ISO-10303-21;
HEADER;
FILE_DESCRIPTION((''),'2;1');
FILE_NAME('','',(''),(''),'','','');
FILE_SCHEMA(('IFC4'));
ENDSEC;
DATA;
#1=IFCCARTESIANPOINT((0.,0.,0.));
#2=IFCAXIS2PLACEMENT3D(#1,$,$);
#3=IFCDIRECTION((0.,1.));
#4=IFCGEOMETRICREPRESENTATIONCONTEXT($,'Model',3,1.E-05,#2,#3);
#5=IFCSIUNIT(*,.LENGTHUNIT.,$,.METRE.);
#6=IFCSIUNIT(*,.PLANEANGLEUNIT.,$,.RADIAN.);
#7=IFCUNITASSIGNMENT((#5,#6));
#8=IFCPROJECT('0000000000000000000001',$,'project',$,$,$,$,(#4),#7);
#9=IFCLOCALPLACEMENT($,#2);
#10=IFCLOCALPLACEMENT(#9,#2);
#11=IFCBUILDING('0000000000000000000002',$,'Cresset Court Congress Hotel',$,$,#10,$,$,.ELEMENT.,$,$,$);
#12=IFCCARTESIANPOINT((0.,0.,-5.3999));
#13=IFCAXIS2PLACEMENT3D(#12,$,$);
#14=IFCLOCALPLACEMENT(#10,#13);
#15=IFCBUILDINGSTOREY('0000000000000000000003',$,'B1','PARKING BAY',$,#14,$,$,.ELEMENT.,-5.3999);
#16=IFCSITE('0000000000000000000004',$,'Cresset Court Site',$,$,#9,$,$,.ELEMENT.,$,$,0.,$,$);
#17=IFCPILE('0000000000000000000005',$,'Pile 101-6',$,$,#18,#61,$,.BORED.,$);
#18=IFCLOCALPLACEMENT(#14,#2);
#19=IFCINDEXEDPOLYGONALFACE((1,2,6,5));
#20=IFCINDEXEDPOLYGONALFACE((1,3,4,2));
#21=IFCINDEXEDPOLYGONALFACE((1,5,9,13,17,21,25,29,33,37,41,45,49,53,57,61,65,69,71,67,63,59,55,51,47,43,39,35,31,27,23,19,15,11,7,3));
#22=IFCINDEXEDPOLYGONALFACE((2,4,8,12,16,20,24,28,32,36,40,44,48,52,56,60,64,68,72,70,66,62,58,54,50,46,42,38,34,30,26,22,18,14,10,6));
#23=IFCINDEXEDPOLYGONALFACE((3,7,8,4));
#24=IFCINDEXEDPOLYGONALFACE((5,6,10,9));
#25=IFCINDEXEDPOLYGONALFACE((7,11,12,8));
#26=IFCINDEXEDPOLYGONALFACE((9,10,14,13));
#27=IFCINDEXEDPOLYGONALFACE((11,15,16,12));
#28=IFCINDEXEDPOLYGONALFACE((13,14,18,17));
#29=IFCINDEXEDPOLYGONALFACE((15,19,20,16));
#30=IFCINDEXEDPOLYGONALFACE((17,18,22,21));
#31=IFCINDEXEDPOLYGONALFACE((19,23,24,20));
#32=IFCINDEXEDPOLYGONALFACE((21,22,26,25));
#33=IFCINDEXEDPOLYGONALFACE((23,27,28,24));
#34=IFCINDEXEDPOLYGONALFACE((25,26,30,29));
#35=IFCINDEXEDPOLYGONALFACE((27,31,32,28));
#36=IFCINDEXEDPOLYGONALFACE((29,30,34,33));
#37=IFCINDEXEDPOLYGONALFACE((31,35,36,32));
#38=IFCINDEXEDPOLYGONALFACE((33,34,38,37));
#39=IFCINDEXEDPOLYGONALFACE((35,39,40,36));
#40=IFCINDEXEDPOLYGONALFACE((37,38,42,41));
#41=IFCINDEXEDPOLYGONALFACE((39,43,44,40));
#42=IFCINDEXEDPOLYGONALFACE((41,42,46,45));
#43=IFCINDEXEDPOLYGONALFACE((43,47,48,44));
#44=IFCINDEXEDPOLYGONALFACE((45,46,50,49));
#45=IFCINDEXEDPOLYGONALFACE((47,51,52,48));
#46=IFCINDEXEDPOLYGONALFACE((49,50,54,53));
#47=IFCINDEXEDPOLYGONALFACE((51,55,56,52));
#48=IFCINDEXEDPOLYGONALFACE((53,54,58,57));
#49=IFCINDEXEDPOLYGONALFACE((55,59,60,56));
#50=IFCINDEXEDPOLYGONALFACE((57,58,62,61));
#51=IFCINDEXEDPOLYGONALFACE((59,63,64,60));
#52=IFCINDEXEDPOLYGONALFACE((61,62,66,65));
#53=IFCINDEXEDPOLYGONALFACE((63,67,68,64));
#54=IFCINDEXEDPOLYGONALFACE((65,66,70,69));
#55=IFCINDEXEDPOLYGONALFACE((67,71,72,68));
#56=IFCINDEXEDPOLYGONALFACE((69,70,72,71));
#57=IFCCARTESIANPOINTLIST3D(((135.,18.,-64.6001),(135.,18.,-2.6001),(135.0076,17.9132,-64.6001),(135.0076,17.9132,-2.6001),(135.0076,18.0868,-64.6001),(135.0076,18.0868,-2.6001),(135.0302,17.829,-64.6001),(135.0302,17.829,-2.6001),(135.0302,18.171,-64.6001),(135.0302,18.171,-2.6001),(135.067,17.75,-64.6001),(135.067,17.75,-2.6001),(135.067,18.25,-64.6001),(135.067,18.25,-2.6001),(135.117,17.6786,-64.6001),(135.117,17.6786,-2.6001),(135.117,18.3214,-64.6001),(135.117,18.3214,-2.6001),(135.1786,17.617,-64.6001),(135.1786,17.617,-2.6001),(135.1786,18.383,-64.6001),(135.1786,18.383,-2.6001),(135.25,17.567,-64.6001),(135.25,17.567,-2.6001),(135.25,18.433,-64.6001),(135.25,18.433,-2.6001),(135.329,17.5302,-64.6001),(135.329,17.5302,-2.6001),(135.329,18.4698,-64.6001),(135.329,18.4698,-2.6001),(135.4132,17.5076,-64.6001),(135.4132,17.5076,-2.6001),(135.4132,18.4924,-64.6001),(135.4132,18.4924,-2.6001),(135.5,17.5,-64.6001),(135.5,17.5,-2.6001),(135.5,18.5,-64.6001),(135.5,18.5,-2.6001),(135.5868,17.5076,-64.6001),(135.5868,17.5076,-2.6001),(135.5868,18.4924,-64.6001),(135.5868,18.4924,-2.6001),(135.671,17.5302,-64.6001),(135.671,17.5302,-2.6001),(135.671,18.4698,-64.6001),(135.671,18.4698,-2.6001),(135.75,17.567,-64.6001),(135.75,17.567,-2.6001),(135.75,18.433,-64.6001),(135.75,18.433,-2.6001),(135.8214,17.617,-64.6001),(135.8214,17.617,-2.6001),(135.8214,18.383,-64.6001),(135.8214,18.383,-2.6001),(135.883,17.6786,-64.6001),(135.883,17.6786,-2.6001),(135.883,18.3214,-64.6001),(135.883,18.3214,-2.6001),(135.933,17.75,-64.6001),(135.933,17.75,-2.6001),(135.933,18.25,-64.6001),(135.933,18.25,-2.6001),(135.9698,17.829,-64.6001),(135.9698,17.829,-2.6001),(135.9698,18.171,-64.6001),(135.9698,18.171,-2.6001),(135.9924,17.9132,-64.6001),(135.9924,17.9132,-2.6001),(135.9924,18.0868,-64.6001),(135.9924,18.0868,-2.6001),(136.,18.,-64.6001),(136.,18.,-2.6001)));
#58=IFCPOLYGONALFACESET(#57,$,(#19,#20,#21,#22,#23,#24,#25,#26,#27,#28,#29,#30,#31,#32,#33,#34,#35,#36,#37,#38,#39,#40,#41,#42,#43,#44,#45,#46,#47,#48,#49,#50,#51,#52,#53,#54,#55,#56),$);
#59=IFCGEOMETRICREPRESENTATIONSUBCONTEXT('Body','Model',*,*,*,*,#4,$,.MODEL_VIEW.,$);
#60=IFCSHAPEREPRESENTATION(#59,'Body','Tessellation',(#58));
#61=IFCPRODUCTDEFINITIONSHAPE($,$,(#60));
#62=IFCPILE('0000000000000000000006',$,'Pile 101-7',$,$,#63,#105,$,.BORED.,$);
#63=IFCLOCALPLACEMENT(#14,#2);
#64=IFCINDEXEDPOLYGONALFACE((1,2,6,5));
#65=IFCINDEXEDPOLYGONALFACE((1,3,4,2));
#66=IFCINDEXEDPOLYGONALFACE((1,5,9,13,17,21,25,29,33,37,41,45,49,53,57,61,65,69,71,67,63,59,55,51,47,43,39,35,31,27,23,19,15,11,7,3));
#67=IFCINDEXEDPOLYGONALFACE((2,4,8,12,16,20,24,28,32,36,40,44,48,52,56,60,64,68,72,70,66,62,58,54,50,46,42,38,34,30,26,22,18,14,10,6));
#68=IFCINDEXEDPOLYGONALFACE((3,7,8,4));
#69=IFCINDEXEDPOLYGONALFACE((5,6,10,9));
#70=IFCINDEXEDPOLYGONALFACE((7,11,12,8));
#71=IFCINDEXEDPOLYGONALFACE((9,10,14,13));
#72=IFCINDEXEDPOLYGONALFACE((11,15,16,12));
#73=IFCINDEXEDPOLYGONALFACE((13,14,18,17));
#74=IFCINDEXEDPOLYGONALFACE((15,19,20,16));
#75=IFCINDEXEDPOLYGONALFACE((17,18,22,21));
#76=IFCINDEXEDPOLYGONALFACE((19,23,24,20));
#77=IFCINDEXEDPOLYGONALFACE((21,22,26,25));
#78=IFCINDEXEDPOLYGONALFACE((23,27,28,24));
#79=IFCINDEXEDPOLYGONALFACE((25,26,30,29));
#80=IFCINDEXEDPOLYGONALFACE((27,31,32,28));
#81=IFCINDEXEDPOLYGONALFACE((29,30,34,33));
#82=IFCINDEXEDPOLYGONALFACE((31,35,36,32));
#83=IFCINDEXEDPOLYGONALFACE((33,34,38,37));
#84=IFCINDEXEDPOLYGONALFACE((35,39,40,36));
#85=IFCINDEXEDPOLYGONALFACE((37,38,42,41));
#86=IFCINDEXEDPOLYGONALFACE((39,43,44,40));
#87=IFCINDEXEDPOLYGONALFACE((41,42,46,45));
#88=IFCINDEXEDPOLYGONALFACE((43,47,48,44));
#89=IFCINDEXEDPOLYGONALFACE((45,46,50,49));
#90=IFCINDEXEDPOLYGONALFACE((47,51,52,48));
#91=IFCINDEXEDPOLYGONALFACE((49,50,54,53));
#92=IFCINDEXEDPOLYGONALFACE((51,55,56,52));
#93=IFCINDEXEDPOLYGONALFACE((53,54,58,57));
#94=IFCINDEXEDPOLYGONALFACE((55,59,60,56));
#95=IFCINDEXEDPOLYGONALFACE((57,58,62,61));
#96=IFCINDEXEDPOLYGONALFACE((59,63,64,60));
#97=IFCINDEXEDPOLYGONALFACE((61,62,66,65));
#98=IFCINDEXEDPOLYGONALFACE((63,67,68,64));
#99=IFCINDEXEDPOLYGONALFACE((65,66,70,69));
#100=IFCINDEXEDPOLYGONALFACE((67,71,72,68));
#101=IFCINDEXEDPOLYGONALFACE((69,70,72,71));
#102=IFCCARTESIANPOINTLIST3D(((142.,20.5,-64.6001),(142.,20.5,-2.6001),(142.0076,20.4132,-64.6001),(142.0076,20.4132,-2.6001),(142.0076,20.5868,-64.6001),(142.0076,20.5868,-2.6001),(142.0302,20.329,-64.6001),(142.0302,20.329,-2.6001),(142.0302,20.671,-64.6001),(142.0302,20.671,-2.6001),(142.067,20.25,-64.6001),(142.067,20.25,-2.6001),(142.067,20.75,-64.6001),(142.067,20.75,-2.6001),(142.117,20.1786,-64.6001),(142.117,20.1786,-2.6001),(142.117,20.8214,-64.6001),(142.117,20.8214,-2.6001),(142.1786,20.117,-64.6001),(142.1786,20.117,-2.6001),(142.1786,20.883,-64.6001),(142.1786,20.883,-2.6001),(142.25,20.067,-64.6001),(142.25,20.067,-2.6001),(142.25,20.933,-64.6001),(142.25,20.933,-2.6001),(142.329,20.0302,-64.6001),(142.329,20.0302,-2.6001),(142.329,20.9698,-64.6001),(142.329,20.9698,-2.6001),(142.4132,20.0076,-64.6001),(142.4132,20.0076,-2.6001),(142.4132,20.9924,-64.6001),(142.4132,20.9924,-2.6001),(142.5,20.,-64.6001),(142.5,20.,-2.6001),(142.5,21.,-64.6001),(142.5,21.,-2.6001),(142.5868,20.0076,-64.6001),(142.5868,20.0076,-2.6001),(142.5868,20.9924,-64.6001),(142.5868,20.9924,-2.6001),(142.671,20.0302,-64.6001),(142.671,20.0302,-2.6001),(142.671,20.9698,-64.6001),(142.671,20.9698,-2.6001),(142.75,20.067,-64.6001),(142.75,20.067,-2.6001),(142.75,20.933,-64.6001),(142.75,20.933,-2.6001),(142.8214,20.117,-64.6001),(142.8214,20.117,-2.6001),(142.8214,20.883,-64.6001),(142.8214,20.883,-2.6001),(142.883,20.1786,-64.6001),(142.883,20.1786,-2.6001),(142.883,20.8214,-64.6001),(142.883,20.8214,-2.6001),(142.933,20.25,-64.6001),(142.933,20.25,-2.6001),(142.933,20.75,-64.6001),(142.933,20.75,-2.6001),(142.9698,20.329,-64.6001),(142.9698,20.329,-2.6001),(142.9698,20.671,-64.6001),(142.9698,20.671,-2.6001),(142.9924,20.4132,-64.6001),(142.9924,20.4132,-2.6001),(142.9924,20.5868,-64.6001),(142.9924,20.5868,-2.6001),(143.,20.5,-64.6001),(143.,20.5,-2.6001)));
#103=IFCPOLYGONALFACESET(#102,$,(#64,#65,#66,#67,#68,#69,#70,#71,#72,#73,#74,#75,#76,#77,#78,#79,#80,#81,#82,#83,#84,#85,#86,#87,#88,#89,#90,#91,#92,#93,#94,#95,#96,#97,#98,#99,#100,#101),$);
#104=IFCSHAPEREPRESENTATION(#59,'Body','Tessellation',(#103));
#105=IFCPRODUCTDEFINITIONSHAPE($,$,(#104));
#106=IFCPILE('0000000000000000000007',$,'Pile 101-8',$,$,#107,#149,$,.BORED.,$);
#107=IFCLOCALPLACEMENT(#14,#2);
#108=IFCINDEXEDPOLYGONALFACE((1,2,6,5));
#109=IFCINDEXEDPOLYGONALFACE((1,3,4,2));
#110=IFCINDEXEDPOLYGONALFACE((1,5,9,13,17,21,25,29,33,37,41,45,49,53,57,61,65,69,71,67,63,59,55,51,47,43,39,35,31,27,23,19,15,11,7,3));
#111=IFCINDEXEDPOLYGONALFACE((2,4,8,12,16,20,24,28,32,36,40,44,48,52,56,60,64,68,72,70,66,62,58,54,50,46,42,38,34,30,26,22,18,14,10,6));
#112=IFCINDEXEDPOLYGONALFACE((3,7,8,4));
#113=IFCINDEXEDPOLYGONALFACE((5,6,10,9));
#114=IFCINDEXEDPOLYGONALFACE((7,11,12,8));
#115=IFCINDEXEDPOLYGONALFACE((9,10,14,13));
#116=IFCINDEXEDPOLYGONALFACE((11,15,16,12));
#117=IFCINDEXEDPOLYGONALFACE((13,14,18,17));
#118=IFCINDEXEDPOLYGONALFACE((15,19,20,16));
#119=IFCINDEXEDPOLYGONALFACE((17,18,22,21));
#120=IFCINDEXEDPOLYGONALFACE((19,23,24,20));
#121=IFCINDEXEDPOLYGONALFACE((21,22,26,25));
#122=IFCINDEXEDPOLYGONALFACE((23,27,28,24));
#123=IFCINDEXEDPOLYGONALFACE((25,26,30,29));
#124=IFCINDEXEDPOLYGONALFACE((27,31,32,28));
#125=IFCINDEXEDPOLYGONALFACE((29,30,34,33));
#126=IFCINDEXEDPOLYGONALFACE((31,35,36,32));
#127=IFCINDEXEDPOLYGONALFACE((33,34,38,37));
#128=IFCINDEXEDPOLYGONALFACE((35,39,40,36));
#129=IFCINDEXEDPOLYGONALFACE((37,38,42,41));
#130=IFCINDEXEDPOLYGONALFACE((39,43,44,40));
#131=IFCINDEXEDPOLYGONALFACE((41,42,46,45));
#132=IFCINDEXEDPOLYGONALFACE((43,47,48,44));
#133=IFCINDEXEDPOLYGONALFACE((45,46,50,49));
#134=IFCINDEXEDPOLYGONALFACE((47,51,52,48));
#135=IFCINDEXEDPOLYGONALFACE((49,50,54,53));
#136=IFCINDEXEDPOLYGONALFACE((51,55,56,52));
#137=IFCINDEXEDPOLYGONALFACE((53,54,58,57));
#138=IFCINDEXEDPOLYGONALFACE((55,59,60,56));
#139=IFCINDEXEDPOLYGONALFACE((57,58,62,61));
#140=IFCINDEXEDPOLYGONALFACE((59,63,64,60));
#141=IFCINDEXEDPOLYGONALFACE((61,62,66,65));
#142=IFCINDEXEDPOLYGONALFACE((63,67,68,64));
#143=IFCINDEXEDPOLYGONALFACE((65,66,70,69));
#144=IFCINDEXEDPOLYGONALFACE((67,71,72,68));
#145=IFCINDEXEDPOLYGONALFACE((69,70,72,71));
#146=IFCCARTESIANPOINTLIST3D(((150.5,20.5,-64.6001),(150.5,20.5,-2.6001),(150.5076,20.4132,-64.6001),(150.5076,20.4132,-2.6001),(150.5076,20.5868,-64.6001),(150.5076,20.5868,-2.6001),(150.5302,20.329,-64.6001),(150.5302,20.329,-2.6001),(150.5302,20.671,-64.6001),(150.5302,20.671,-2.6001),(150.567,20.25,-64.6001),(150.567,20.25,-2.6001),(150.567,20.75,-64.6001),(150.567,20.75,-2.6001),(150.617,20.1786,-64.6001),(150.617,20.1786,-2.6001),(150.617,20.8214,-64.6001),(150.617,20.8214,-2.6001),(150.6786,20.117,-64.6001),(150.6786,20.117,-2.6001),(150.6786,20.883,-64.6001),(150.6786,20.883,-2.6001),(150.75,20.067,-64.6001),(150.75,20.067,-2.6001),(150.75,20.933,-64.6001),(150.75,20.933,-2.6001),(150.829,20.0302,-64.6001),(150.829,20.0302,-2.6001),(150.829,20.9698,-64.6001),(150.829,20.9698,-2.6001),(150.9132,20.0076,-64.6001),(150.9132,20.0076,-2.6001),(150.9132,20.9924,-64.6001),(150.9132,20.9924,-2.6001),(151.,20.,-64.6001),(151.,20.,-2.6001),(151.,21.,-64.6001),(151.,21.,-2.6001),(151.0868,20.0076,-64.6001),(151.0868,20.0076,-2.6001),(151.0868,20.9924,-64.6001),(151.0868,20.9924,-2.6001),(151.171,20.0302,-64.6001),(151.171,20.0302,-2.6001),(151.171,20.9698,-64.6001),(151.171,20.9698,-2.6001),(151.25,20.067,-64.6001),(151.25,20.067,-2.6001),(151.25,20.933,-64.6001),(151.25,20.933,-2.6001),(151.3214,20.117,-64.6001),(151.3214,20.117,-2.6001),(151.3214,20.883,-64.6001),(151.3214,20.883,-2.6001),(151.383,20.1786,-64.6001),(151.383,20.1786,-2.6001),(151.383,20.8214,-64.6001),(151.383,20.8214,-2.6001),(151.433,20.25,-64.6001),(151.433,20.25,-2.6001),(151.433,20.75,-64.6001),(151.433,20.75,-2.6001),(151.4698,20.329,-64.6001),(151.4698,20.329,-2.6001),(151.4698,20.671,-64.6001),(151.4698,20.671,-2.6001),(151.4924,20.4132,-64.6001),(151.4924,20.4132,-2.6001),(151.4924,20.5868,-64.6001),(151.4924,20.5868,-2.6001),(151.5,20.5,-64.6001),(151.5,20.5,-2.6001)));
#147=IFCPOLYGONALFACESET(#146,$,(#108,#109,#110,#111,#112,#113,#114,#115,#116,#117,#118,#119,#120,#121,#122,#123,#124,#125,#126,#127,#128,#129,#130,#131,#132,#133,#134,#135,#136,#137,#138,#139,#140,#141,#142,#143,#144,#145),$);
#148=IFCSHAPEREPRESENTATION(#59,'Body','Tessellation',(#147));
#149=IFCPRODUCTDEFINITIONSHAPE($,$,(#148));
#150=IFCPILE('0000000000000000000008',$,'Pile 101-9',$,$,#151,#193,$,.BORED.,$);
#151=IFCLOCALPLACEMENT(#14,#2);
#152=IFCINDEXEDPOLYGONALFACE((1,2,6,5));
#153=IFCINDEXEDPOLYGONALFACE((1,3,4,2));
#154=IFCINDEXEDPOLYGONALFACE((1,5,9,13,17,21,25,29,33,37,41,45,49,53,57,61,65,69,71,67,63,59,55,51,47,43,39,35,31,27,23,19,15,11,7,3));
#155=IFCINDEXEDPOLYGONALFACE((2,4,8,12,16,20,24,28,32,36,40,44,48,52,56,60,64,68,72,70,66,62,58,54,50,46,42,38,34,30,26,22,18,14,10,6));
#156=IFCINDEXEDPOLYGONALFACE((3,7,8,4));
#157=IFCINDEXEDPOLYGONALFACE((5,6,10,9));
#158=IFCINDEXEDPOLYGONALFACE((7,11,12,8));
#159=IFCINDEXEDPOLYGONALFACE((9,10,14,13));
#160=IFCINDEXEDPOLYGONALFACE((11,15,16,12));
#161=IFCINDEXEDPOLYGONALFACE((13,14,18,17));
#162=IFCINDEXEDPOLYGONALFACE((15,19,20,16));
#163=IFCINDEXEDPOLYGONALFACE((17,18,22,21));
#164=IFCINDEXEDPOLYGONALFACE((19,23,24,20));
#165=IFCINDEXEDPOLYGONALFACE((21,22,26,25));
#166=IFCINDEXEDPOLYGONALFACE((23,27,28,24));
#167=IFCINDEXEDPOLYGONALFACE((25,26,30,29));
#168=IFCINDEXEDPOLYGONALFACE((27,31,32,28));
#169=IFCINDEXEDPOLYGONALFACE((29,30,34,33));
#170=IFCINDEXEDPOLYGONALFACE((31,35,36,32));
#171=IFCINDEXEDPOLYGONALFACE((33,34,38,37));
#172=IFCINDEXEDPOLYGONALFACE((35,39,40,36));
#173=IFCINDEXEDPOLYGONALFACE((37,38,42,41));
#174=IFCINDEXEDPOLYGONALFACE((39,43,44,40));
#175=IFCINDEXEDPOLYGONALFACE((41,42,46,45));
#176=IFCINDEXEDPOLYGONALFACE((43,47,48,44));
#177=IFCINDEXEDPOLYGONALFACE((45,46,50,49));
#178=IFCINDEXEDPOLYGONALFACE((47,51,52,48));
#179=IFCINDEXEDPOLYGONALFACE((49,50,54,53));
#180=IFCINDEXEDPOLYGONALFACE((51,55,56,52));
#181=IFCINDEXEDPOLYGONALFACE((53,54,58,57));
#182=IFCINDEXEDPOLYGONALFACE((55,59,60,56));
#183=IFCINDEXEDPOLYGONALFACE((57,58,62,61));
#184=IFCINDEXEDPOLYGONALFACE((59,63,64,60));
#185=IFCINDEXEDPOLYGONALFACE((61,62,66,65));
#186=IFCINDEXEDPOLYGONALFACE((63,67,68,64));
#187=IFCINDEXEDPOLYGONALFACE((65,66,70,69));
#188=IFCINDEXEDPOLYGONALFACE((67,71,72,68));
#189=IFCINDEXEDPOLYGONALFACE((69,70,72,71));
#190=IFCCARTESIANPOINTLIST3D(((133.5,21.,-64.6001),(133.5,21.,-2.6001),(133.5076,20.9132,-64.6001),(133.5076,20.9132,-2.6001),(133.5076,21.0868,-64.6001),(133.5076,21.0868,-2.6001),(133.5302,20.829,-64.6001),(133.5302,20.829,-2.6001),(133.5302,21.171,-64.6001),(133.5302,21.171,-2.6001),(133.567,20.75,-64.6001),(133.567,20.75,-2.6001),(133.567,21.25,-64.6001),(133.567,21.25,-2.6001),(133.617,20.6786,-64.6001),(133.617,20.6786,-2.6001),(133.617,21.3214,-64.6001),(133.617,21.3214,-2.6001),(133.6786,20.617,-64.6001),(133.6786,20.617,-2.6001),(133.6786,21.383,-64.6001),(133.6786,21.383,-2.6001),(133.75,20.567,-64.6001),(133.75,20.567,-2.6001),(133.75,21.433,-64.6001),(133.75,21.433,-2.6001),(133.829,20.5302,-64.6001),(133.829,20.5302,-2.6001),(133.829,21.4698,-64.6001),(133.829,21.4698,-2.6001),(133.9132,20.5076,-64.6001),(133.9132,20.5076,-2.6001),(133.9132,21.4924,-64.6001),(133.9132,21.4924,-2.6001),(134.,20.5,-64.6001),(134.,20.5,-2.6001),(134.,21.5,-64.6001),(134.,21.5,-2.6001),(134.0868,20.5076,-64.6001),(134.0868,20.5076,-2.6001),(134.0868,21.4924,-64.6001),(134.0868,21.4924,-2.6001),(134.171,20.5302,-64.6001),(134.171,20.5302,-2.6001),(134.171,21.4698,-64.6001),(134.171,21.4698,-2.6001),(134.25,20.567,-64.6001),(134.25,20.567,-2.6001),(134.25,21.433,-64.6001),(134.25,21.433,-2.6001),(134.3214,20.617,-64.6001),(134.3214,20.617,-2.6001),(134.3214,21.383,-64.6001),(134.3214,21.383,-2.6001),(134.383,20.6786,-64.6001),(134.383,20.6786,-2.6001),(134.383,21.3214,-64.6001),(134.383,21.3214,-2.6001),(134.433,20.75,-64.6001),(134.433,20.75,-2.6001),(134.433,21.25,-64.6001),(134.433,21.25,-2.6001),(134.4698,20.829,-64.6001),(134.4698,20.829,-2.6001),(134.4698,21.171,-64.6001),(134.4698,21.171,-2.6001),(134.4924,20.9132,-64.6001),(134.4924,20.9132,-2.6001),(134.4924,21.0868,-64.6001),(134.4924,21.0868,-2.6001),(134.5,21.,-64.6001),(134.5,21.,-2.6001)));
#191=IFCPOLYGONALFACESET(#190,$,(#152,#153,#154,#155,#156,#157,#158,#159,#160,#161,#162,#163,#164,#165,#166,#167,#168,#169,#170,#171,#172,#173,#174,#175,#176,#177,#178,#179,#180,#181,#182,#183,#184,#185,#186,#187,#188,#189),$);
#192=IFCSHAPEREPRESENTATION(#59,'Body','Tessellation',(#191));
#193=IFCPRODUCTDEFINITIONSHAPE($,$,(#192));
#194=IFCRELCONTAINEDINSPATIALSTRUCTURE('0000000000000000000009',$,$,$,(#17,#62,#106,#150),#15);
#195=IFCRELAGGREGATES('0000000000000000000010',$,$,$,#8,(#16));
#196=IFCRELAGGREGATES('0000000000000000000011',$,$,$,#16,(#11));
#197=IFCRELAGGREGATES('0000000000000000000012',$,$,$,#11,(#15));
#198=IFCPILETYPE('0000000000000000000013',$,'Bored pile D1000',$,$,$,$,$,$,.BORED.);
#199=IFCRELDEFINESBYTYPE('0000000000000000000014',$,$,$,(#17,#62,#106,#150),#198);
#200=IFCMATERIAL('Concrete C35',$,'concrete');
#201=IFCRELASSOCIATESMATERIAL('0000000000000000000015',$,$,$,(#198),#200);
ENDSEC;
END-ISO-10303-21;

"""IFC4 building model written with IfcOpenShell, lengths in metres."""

from ifc_helpers import new_model, si_unit, direction, frame, origin, origin_2d, place, context, subcontext, project, spatial, circle, extrude, material, type_object, element, save


model = new_model("IFC4")

# Units and contexts
model_context = context("Model", 3, precision=1e-05, world=origin(), true_north=direction((0.0, 1.0)))
body_context = subcontext(model_context, "Body", "Model", "MODEL_VIEW")
ifc_project = project(units=[si_unit("LENGTHUNIT", "METRE"), si_unit("PLANEANGLEUNIT", "RADIAN")], contexts=[model_context])

# Site, building, storey
site_placement = place(None, origin())
site = spatial("IfcSite", under=ifc_project, at=site_placement, Name="Cresset Court Site", CompositionType="ELEMENT", RefElevation=0.0)
building_placement = place(site_placement, origin())
building = spatial("IfcBuilding", under=site, at=building_placement, Name="Cresset Court Congress Hotel", CompositionType="ELEMENT")
storey_placement = place(building_placement, frame((0.0, 0.0, -5.3999)))
storey = spatial("IfcBuildingStorey", under=building, at=storey_placement, Name="B1", Description="PARKING BAY", CompositionType="ELEMENT", Elevation=-5.3999)

# Piles
ifc_material_1 = material(Name="Concrete C35", Category="concrete")
pile_type = type_object("IfcPileType", Name="Bored pile D1000", PredefinedType="BORED", material=ifc_material_1)
for number, where, z_axis, x_axis, name in (
    (1, (135.5, 18.0, -2.6001), (0.0, 0.0, -1.0), (1.0, 0.0, 0.0), "Pile 101-6"),
    (2, (142.5, 20.5, -2.6001), (0.0, 0.0, -1.0), (1.0, 0.0, 0.0), "Pile 101-7"),
    (3, (151.0, 20.5, -2.6001), (0.0, 0.0, -1.0), (1.0, 0.0, 0.0), "Pile 101-8"),
    (4, (134.0, 21.0, -2.6001), (0.0, 0.0, -1.0), (1.0, 0.0, 0.0), "Pile 101-9"),
):
    element("IfcPile", number, at=place(storey_placement, frame(where, z_axis=z_axis, x_axis=x_axis)), inside=storey, type_object=pile_type, Name=name, PredefinedType="BORED", context=body_context, shape_type="SweptSolid", body=[
        extrude(circle(Radius=0.5, at=origin_2d()), origin(), (0.0, 0.0, 1.0), 62.0),
    ])

save(model, "model.ifc")
